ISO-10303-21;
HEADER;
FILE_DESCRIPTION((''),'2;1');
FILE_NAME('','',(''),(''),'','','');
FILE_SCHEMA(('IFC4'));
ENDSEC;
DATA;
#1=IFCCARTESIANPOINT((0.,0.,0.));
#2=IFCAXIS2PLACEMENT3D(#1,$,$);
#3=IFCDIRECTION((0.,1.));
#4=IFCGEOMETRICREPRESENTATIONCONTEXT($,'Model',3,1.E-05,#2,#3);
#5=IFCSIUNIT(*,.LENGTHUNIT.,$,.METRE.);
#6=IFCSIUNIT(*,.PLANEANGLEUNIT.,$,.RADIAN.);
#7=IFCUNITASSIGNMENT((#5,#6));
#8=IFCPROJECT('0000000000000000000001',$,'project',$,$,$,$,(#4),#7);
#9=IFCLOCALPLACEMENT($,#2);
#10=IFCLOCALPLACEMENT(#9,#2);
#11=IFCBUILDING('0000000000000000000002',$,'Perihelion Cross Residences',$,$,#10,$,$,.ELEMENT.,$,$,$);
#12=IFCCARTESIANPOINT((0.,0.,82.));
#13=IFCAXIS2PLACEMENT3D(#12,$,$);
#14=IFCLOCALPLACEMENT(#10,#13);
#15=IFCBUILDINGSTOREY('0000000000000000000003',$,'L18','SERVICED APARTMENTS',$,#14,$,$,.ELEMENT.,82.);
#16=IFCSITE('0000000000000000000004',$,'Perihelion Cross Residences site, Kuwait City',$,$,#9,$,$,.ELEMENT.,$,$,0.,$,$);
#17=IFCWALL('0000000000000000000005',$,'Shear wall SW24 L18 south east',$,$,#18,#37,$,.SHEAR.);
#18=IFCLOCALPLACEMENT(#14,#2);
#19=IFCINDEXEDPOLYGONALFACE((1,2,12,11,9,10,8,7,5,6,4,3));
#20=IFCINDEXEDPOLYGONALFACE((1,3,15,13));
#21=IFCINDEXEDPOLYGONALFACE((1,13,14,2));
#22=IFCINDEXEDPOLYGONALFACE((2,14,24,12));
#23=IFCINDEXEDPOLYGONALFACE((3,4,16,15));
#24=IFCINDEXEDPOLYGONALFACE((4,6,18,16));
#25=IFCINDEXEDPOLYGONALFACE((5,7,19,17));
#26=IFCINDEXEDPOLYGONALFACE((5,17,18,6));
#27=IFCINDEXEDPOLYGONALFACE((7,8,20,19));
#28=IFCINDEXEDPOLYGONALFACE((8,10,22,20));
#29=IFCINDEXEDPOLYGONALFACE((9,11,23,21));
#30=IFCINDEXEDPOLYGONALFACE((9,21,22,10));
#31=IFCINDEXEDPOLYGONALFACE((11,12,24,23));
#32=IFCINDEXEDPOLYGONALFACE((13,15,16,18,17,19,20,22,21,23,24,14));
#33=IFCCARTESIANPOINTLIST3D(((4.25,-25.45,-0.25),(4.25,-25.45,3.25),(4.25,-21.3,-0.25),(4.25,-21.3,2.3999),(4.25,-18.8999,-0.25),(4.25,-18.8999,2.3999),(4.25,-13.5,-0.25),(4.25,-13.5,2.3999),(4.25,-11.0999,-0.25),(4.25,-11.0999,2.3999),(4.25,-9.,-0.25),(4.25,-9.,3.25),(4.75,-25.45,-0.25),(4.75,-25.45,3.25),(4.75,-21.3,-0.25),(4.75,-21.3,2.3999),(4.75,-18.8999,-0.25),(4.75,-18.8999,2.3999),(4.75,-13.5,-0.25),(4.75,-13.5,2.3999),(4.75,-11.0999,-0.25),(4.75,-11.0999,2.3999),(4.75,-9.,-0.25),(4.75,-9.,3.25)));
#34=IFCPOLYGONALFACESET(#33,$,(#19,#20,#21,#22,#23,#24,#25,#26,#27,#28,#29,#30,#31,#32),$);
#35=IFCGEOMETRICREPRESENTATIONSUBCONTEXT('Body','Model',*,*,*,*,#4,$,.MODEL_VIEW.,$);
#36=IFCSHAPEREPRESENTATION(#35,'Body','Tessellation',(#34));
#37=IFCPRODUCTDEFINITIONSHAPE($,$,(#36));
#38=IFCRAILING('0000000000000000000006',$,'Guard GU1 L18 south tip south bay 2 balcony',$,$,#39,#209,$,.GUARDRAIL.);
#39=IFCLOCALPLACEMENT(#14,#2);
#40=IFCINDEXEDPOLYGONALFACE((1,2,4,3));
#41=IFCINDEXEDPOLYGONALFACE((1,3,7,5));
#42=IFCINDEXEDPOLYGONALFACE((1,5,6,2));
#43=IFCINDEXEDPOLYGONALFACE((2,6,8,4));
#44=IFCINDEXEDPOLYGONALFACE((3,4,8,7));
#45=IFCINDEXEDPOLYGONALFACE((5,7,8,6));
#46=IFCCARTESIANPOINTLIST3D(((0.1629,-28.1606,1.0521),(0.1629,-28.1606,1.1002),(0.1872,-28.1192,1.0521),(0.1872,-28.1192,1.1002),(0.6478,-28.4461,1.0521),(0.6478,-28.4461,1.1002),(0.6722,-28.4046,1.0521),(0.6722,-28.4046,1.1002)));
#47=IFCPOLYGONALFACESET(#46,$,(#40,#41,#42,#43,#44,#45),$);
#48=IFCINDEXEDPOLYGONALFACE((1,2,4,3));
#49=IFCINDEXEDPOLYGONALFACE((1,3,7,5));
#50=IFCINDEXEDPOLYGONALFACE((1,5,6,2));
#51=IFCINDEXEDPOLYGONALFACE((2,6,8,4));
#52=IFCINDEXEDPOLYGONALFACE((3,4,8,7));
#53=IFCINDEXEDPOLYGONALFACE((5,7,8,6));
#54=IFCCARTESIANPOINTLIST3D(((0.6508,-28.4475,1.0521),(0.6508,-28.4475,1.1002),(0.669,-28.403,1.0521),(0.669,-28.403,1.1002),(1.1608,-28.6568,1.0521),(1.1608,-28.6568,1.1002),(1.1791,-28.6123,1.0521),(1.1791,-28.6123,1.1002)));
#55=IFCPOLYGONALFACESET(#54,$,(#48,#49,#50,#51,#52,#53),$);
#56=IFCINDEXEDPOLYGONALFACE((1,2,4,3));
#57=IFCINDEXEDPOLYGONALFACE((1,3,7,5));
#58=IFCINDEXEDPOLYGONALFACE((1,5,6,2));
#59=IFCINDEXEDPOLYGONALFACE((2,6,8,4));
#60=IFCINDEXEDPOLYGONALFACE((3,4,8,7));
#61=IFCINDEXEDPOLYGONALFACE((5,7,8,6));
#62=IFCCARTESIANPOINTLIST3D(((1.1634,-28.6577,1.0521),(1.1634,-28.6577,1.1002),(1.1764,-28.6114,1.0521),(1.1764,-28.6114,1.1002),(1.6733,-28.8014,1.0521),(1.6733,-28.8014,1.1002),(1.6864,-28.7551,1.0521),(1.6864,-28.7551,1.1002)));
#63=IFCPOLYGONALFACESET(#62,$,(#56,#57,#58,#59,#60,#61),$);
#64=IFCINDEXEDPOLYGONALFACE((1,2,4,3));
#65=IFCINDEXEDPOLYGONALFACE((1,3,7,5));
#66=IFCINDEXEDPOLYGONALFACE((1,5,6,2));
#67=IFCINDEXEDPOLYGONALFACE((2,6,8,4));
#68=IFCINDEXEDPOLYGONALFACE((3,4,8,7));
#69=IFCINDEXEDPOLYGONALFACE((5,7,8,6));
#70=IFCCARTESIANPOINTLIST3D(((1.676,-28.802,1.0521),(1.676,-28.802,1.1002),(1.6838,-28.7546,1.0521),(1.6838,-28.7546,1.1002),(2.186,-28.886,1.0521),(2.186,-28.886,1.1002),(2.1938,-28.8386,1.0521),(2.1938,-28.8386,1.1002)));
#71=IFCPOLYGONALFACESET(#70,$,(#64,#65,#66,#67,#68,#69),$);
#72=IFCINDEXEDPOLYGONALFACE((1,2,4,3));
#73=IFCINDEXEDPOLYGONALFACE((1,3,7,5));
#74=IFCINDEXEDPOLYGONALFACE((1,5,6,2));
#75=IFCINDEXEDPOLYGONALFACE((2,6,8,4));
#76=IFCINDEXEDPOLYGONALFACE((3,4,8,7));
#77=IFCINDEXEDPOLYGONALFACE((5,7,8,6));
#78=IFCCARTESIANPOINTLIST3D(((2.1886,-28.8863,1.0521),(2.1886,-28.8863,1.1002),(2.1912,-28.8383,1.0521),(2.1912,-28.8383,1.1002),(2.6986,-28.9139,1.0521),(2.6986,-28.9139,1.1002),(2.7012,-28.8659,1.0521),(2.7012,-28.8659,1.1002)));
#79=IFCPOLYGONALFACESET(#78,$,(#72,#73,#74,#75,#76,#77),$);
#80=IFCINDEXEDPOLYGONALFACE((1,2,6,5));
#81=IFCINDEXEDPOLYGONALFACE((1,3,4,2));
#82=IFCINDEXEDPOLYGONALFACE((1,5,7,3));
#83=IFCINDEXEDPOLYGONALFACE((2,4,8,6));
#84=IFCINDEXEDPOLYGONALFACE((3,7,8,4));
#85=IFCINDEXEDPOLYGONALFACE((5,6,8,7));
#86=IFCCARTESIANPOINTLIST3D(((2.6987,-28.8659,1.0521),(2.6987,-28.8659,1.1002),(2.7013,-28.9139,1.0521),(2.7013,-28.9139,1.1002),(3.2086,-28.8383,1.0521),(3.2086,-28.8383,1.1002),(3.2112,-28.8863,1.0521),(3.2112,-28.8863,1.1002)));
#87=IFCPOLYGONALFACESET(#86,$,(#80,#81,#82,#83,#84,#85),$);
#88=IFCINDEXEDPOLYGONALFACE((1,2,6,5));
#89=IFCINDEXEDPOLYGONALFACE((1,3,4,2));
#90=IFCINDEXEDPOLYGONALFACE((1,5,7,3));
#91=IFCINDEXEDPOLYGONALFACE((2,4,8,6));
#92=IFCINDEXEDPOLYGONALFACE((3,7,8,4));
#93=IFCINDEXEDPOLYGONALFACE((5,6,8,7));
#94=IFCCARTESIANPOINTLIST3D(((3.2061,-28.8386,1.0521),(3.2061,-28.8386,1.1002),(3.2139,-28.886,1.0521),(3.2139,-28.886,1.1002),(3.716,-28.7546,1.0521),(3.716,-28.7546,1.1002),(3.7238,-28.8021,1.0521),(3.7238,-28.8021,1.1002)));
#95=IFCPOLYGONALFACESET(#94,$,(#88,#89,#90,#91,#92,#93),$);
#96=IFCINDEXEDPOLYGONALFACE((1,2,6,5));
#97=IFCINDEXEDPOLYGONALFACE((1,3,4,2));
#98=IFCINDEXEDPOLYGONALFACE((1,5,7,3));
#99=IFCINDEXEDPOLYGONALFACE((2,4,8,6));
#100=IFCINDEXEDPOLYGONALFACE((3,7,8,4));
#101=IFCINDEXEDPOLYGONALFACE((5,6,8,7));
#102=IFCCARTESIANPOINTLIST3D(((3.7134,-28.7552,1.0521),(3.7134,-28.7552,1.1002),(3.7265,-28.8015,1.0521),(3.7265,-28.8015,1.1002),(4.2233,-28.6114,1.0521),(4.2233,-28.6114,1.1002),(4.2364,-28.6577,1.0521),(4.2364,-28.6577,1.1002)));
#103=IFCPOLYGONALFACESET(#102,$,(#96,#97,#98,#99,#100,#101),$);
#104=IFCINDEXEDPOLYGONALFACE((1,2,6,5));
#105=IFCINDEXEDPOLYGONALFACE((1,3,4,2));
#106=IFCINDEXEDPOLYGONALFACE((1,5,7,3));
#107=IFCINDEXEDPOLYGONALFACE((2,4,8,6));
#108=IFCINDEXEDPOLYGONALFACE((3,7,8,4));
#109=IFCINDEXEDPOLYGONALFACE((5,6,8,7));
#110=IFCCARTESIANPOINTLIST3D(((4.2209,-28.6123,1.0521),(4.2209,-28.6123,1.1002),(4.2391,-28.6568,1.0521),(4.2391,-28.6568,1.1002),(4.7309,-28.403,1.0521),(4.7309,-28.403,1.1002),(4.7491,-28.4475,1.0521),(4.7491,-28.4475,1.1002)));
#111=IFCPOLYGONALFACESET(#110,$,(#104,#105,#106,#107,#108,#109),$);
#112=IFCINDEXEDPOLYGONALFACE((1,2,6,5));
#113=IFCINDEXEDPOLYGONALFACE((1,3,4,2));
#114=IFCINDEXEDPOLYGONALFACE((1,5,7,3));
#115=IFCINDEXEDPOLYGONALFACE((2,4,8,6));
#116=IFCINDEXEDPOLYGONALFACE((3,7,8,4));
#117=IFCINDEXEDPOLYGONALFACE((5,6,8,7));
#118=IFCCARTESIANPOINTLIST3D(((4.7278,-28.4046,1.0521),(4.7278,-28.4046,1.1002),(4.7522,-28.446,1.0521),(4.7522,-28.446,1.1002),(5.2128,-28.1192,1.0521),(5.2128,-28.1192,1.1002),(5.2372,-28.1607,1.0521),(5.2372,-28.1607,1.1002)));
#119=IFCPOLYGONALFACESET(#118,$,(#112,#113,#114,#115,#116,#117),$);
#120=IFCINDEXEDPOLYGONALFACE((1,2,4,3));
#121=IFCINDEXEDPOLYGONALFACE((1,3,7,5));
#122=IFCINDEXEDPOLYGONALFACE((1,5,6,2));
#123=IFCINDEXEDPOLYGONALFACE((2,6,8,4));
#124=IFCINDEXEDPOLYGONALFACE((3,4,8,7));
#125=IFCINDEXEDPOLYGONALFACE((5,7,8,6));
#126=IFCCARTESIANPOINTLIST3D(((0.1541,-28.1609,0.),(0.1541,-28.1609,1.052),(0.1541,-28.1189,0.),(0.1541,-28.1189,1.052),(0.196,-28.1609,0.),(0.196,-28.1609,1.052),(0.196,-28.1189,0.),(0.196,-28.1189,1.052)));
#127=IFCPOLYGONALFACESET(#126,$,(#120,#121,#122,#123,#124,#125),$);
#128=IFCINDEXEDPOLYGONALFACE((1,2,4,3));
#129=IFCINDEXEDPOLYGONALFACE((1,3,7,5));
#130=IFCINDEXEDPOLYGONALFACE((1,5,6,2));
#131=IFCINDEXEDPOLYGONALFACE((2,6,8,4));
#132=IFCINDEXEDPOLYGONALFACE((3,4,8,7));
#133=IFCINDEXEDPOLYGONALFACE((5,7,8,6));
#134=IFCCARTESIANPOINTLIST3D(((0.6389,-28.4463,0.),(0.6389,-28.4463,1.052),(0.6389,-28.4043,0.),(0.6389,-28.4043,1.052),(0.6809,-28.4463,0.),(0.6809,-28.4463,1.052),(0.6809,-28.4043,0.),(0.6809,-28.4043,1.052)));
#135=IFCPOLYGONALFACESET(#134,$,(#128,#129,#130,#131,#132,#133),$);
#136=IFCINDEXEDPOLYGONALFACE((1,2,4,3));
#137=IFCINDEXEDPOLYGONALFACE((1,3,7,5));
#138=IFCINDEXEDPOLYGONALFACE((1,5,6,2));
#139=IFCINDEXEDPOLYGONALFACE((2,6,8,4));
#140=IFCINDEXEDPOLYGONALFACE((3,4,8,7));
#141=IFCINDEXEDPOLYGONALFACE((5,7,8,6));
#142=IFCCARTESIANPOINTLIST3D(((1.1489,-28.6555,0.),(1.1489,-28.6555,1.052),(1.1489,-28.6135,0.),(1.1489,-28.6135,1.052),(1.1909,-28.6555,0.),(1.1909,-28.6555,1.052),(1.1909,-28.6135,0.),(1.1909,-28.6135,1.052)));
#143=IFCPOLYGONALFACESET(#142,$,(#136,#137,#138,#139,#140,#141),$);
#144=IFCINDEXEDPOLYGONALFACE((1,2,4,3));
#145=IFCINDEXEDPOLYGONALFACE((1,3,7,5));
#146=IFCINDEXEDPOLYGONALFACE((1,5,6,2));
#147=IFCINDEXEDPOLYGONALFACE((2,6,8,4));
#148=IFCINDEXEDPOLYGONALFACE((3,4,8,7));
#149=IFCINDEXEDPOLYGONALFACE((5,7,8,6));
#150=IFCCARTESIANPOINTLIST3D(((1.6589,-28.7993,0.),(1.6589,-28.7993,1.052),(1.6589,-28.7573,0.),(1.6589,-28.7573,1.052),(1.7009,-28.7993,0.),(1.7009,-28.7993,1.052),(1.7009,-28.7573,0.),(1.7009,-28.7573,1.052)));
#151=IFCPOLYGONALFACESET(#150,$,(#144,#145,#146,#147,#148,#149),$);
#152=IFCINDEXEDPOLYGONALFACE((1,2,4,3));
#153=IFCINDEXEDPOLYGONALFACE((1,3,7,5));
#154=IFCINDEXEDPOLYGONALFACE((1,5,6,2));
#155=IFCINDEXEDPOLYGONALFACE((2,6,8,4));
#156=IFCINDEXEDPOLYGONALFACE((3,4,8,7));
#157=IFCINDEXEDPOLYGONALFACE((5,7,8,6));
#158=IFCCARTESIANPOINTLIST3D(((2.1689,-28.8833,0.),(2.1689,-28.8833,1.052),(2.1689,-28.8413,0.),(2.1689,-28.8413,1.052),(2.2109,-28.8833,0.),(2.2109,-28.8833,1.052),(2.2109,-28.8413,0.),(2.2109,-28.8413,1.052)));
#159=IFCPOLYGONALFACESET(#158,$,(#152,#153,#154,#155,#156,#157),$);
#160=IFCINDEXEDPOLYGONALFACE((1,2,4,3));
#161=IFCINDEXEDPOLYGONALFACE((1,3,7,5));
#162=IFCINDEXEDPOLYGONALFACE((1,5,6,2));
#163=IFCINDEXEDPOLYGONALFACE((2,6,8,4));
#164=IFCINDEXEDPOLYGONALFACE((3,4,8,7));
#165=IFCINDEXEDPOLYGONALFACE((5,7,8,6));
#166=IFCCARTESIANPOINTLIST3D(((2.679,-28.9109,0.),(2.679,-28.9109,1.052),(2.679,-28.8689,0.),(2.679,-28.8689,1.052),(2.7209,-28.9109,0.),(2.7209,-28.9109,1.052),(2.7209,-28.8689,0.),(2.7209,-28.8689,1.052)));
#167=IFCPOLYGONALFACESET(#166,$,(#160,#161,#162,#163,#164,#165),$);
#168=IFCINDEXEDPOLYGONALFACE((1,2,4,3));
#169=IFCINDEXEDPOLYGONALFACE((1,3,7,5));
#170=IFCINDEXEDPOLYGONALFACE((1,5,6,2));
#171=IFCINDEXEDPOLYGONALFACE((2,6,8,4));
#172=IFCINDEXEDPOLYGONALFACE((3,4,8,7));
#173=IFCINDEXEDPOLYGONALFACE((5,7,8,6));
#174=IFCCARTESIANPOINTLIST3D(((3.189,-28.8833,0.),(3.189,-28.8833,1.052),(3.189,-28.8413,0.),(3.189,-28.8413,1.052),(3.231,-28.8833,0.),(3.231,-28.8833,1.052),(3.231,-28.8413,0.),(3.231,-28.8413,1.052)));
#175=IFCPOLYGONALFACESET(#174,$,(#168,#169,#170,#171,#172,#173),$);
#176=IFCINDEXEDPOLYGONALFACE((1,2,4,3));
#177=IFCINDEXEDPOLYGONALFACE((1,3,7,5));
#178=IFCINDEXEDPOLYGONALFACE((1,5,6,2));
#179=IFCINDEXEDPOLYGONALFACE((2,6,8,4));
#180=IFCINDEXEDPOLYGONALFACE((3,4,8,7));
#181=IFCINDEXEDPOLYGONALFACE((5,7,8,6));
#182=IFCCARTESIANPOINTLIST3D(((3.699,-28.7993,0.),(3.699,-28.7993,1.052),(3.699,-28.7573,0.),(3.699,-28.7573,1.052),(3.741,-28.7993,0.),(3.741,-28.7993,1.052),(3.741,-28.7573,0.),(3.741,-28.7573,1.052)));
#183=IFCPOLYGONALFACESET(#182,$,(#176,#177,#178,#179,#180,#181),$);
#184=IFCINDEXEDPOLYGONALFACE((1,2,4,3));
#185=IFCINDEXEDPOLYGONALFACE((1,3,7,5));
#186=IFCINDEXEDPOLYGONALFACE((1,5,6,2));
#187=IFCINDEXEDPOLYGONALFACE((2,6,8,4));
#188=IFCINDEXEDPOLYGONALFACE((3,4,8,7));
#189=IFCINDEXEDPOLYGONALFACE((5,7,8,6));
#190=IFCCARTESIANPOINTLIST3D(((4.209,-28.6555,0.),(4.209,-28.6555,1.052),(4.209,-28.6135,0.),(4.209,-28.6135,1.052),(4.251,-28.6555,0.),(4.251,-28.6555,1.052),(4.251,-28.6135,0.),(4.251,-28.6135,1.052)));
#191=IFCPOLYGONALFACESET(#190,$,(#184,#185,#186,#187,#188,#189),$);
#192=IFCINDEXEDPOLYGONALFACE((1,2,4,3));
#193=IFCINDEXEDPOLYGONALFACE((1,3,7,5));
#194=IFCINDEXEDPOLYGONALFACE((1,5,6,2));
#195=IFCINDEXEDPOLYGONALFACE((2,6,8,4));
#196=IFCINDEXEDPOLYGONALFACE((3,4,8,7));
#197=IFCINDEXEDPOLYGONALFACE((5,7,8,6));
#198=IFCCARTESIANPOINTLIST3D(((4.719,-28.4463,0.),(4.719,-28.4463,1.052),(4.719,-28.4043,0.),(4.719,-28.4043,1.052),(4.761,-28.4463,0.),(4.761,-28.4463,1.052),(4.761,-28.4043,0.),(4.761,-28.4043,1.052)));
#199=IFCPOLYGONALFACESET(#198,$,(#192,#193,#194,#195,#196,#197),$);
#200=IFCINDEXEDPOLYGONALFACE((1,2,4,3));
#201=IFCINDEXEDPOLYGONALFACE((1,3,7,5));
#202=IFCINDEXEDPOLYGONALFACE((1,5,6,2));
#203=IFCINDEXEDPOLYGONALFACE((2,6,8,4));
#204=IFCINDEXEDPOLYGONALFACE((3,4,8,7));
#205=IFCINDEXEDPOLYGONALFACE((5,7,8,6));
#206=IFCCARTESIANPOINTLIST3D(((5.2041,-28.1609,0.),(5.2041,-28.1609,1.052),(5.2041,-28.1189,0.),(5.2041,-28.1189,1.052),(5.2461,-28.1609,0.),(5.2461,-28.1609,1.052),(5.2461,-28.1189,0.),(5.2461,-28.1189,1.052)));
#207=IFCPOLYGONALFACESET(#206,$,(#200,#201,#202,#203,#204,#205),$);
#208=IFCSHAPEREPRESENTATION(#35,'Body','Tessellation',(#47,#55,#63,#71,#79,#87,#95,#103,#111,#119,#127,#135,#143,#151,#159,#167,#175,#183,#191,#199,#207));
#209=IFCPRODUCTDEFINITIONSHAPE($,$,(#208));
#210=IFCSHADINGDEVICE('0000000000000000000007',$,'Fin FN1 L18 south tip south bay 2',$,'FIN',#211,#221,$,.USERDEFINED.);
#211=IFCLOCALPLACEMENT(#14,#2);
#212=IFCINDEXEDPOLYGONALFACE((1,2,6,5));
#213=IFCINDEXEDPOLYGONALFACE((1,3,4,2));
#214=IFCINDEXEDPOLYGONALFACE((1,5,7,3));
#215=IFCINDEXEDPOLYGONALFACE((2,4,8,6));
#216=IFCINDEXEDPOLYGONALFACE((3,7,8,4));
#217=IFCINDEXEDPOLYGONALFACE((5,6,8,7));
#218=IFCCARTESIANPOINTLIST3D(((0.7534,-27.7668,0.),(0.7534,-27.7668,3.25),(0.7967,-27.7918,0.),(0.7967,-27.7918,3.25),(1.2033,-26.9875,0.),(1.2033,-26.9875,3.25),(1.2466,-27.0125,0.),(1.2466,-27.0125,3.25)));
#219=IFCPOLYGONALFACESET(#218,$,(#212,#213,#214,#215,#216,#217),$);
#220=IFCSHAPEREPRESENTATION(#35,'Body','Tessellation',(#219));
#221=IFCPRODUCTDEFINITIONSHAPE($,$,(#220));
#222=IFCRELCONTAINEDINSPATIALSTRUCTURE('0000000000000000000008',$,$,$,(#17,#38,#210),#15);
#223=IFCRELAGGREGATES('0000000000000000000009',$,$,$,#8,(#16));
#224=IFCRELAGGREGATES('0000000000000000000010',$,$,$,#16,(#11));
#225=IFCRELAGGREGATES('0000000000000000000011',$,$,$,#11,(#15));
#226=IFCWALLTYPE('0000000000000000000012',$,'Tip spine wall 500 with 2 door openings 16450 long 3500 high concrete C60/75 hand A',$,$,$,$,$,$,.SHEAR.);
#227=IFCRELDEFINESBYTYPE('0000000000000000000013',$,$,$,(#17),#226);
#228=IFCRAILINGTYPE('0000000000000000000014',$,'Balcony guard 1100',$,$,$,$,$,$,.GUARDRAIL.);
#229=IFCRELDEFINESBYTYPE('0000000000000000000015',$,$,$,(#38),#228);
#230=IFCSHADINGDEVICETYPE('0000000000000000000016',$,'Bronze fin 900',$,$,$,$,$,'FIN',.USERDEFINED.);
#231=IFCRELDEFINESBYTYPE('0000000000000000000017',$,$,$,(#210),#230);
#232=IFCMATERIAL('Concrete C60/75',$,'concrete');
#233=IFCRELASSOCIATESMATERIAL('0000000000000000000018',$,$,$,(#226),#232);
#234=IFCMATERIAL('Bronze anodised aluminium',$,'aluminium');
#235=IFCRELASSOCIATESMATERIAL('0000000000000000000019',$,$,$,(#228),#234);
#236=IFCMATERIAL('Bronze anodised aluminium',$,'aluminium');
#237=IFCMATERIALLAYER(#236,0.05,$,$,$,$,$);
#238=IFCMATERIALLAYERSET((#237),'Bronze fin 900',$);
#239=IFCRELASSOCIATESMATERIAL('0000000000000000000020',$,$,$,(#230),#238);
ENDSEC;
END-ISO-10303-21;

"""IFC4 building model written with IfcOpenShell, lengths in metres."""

from ifc_helpers import new_model, si_unit, direction, frame, origin, origin_2d, place, context, subcontext, project, spatial, polyline, rectangle, outline, extrude, material, layer, layer_set, material_profile, profile_set, type_object, element, save


model = new_model("IFC4")

# Units and contexts
model_context = context("Model", 3, precision=1e-05, world=origin(), true_north=direction((0.0, 1.0)))
body_context = subcontext(model_context, "Body", "Model", "MODEL_VIEW")
ifc_project = project(units=[si_unit("LENGTHUNIT", "METRE"), si_unit("PLANEANGLEUNIT", "RADIAN")], contexts=[model_context])

# Site, building, storey
site_placement = place(None, origin())
site = spatial("IfcSite", under=ifc_project, at=site_placement, Name="Perihelion Cross Residences site, Kuwait City", CompositionType="ELEMENT", RefElevation=0.0)
building_placement = place(site_placement, origin())
building = spatial("IfcBuilding", under=site, at=building_placement, Name="Perihelion Cross Residences", CompositionType="ELEMENT")
storey_placement = place(building_placement, frame((0.0, 0.0, 82.0)))
storey = spatial("IfcBuildingStorey", under=building, at=storey_placement, Name="L18", Description="SERVICED APARTMENTS", CompositionType="ELEMENT", Elevation=82.0)

# Wall
ifc_material_1 = material(Name="Concrete C60/75", Category="concrete")
ifc_material_profile_1 = material_profile(ifc_material_1, outline(polyline([(0.0, 0.0), (4.1499, 0.0), (4.1499, 2.6499), (6.55, 2.6499), (6.55, 0.0), (11.95, 0.0), (11.95, 2.6499), (14.3501, 2.6499), (14.3501, 0.0), (16.45, 0.0), (16.45, 3.5), (0.0, 3.5), (0.0, 0.0)])), Name="Tip spine wall")
ifc_profile_set_1 = profile_set([ifc_material_profile_1], Name="Concrete C60/75")
wall_type_1 = type_object("IfcWallType", Name="Tip spine wall 500 with 2 door openings 16450 long 3500 high concrete C60/75 hand A", PredefinedType="SHEAR", material=ifc_profile_set_1)
wall_1_placement = place(storey_placement, frame((4.25, -25.45, -0.25), z_axis=(1.0, 0.0, 0.0), x_axis=(0.0, 1.0, 0.0)))
element("IfcWall", 1, at=wall_1_placement, inside=storey, type_object=wall_type_1, Name="Shear wall SW24 L18 south east", PredefinedType="SHEAR", context=body_context, shape_type="SweptSolid", body=[
    extrude(outline(polyline([(0.0, 0.0), (4.1499, 0.0), (4.1499, 2.6499), (6.55, 2.6499), (6.55, 0.0), (11.95, 0.0), (11.95, 2.6499), (14.3501, 2.6499), (14.3501, 0.0), (16.45, 0.0), (16.45, 3.5), (0.0, 3.5), (0.0, 0.0)])), origin(), (0.0, 0.0, 1.0), 0.5),
])

# Railing
ifc_material_2 = material(Name="Bronze anodised aluminium", Category="aluminium")
railing_type = type_object("IfcRailingType", Name="Balcony guard 1100", PredefinedType="GUARDRAIL", material=ifc_material_2)
railing_placement = place(storey_placement, frame((0.175, -28.1399, 0.0)))
element("IfcRailing", 2, at=railing_placement, inside=storey, type_object=railing_type, Name="Guard GU1 L18 south tip south bay 2 balcony", PredefinedType="GUARDRAIL", context=body_context, shape_type="SweptSolid", body=[
    extrude(rectangle(XDim=0.0481, YDim=0.0481, at=origin_2d()), frame((0.0, 0.0, 1.0762), z_axis=(0.861789, -0.507267, 0.0), x_axis=(0.507267, 0.861789, 0.0)), (0.0, 0.0, 1.0), 0.5627),
    extrude(rectangle(XDim=0.0481, YDim=0.0481, at=origin_2d()), frame((0.4849, -0.2854, 1.0762), z_axis=(0.925173, -0.379547, 0.0), x_axis=(0.379547, 0.925173, 0.0)), (0.0, 0.0, 1.0), 0.5513),
    extrude(rectangle(XDim=0.0481, YDim=0.0481, at=origin_2d()), frame((0.9949, -0.4946, 1.0762), z_axis=(0.962474, -0.271373, 0.0), x_axis=(0.271373, 0.962474, 0.0)), (0.0, 0.0, 1.0), 0.5298),
    extrude(rectangle(XDim=0.0481, YDim=0.0481, at=origin_2d()), frame((1.5049, -0.6384, 1.0762), z_axis=(0.986711, -0.162484, 0.0), x_axis=(0.162484, 0.986711, 0.0)), (0.0, 0.0, 1.0), 0.5168),
    extrude(rectangle(XDim=0.0481, YDim=0.0481, at=origin_2d()), frame((2.0149, -0.7224, 1.0762), z_axis=(0.99854, -0.054014, 0.0), x_axis=(0.054014, 0.99854, 0.0)), (0.0, 0.0, 1.0), 0.5107),
    extrude(rectangle(XDim=0.0481, YDim=0.0481, at=origin_2d()), frame((2.5249, -0.75, 1.0762), z_axis=(0.99854, 0.054014, 0.0), x_axis=(-0.054014, 0.99854, 0.0)), (0.0, 0.0, 1.0), 0.5107),
    extrude(rectangle(XDim=0.0481, YDim=0.0481, at=origin_2d()), frame((3.0349, -0.7224, 1.0762), z_axis=(0.986711, 0.162484, 0.0), x_axis=(-0.162484, 0.986711, 0.0)), (0.0, 0.0, 1.0), 0.5168),
    extrude(rectangle(XDim=0.0481, YDim=0.0481, at=origin_2d()), frame((3.5449, -0.6384, 1.0762), z_axis=(0.962474, 0.271373, 0.0), x_axis=(-0.271373, 0.962474, 0.0)), (0.0, 0.0, 1.0), 0.5298),
    extrude(rectangle(XDim=0.0481, YDim=0.0481, at=origin_2d()), frame((4.0549, -0.4946, 1.0762), z_axis=(0.925173, 0.379547, 0.0), x_axis=(-0.379547, 0.925173, 0.0)), (0.0, 0.0, 1.0), 0.5513),
    extrude(rectangle(XDim=0.0481, YDim=0.0481, at=origin_2d()), frame((4.5649, -0.2854, 1.0762), z_axis=(0.861901, 0.507077, 0.0), x_axis=(-0.507077, 0.861901, 0.0)), (0.0, 0.0, 1.0), 0.5627),
    extrude(rectangle(XDim=0.042, YDim=0.042, at=origin_2d()), origin(), (0.0, 0.0, 1.0), 1.052),
    extrude(rectangle(XDim=0.042, YDim=0.042, at=origin_2d()), frame((0.4849, -0.2854, 0.0)), (0.0, 0.0, 1.0), 1.052),
    extrude(rectangle(XDim=0.042, YDim=0.042, at=origin_2d()), frame((0.9949, -0.4946, 0.0)), (0.0, 0.0, 1.0), 1.052),
    extrude(rectangle(XDim=0.042, YDim=0.042, at=origin_2d()), frame((1.5049, -0.6384, 0.0)), (0.0, 0.0, 1.0), 1.052),
    extrude(rectangle(XDim=0.042, YDim=0.042, at=origin_2d()), frame((2.0149, -0.7224, 0.0)), (0.0, 0.0, 1.0), 1.052),
    extrude(rectangle(XDim=0.042, YDim=0.042, at=origin_2d()), frame((2.5249, -0.75, 0.0)), (0.0, 0.0, 1.0), 1.052),
    extrude(rectangle(XDim=0.042, YDim=0.042, at=origin_2d()), frame((3.0349, -0.7224, 0.0)), (0.0, 0.0, 1.0), 1.052),
    extrude(rectangle(XDim=0.042, YDim=0.042, at=origin_2d()), frame((3.5449, -0.6384, 0.0)), (0.0, 0.0, 1.0), 1.052),
    extrude(rectangle(XDim=0.042, YDim=0.042, at=origin_2d()), frame((4.0549, -0.4946, 0.0)), (0.0, 0.0, 1.0), 1.052),
    extrude(rectangle(XDim=0.042, YDim=0.042, at=origin_2d()), frame((4.5649, -0.2854, 0.0)), (0.0, 0.0, 1.0), 1.052),
    extrude(rectangle(XDim=0.042, YDim=0.042, at=origin_2d()), frame((5.05, 0.0, 0.0)), (0.0, 0.0, 1.0), 1.052),
])

# Shading device
ifc_material_3 = material(Name="Bronze anodised aluminium", Category="aluminium")
ifc_layer_1 = layer(ifc_material_3, 0.05)
ifc_layer_set_1 = layer_set([ifc_layer_1], Name="Bronze fin 900")
shading_device_type = type_object("IfcShadingDeviceType", Name="Bronze fin 900", ElementType="FIN", PredefinedType="USERDEFINED", material=ifc_layer_set_1)
shading_device_placement = place(storey_placement, frame((1.0, -27.3896, 0.0), z_axis=(0.0, 0.0, 1.0), x_axis=(-0.5, -0.866025, 0.0)))
element("IfcShadingDevice", 3, at=shading_device_placement, inside=storey, type_object=shading_device_type, Name="Fin FN1 L18 south tip south bay 2", ObjectType="FIN", PredefinedType="USERDEFINED", context=body_context, shape_type="SweptSolid", body=[
    extrude(rectangle(XDim=0.8999, YDim=0.05, at=origin_2d()), origin(), (0.0, 0.0, 1.0), 3.25),
])

save(model, "model.ifc")
